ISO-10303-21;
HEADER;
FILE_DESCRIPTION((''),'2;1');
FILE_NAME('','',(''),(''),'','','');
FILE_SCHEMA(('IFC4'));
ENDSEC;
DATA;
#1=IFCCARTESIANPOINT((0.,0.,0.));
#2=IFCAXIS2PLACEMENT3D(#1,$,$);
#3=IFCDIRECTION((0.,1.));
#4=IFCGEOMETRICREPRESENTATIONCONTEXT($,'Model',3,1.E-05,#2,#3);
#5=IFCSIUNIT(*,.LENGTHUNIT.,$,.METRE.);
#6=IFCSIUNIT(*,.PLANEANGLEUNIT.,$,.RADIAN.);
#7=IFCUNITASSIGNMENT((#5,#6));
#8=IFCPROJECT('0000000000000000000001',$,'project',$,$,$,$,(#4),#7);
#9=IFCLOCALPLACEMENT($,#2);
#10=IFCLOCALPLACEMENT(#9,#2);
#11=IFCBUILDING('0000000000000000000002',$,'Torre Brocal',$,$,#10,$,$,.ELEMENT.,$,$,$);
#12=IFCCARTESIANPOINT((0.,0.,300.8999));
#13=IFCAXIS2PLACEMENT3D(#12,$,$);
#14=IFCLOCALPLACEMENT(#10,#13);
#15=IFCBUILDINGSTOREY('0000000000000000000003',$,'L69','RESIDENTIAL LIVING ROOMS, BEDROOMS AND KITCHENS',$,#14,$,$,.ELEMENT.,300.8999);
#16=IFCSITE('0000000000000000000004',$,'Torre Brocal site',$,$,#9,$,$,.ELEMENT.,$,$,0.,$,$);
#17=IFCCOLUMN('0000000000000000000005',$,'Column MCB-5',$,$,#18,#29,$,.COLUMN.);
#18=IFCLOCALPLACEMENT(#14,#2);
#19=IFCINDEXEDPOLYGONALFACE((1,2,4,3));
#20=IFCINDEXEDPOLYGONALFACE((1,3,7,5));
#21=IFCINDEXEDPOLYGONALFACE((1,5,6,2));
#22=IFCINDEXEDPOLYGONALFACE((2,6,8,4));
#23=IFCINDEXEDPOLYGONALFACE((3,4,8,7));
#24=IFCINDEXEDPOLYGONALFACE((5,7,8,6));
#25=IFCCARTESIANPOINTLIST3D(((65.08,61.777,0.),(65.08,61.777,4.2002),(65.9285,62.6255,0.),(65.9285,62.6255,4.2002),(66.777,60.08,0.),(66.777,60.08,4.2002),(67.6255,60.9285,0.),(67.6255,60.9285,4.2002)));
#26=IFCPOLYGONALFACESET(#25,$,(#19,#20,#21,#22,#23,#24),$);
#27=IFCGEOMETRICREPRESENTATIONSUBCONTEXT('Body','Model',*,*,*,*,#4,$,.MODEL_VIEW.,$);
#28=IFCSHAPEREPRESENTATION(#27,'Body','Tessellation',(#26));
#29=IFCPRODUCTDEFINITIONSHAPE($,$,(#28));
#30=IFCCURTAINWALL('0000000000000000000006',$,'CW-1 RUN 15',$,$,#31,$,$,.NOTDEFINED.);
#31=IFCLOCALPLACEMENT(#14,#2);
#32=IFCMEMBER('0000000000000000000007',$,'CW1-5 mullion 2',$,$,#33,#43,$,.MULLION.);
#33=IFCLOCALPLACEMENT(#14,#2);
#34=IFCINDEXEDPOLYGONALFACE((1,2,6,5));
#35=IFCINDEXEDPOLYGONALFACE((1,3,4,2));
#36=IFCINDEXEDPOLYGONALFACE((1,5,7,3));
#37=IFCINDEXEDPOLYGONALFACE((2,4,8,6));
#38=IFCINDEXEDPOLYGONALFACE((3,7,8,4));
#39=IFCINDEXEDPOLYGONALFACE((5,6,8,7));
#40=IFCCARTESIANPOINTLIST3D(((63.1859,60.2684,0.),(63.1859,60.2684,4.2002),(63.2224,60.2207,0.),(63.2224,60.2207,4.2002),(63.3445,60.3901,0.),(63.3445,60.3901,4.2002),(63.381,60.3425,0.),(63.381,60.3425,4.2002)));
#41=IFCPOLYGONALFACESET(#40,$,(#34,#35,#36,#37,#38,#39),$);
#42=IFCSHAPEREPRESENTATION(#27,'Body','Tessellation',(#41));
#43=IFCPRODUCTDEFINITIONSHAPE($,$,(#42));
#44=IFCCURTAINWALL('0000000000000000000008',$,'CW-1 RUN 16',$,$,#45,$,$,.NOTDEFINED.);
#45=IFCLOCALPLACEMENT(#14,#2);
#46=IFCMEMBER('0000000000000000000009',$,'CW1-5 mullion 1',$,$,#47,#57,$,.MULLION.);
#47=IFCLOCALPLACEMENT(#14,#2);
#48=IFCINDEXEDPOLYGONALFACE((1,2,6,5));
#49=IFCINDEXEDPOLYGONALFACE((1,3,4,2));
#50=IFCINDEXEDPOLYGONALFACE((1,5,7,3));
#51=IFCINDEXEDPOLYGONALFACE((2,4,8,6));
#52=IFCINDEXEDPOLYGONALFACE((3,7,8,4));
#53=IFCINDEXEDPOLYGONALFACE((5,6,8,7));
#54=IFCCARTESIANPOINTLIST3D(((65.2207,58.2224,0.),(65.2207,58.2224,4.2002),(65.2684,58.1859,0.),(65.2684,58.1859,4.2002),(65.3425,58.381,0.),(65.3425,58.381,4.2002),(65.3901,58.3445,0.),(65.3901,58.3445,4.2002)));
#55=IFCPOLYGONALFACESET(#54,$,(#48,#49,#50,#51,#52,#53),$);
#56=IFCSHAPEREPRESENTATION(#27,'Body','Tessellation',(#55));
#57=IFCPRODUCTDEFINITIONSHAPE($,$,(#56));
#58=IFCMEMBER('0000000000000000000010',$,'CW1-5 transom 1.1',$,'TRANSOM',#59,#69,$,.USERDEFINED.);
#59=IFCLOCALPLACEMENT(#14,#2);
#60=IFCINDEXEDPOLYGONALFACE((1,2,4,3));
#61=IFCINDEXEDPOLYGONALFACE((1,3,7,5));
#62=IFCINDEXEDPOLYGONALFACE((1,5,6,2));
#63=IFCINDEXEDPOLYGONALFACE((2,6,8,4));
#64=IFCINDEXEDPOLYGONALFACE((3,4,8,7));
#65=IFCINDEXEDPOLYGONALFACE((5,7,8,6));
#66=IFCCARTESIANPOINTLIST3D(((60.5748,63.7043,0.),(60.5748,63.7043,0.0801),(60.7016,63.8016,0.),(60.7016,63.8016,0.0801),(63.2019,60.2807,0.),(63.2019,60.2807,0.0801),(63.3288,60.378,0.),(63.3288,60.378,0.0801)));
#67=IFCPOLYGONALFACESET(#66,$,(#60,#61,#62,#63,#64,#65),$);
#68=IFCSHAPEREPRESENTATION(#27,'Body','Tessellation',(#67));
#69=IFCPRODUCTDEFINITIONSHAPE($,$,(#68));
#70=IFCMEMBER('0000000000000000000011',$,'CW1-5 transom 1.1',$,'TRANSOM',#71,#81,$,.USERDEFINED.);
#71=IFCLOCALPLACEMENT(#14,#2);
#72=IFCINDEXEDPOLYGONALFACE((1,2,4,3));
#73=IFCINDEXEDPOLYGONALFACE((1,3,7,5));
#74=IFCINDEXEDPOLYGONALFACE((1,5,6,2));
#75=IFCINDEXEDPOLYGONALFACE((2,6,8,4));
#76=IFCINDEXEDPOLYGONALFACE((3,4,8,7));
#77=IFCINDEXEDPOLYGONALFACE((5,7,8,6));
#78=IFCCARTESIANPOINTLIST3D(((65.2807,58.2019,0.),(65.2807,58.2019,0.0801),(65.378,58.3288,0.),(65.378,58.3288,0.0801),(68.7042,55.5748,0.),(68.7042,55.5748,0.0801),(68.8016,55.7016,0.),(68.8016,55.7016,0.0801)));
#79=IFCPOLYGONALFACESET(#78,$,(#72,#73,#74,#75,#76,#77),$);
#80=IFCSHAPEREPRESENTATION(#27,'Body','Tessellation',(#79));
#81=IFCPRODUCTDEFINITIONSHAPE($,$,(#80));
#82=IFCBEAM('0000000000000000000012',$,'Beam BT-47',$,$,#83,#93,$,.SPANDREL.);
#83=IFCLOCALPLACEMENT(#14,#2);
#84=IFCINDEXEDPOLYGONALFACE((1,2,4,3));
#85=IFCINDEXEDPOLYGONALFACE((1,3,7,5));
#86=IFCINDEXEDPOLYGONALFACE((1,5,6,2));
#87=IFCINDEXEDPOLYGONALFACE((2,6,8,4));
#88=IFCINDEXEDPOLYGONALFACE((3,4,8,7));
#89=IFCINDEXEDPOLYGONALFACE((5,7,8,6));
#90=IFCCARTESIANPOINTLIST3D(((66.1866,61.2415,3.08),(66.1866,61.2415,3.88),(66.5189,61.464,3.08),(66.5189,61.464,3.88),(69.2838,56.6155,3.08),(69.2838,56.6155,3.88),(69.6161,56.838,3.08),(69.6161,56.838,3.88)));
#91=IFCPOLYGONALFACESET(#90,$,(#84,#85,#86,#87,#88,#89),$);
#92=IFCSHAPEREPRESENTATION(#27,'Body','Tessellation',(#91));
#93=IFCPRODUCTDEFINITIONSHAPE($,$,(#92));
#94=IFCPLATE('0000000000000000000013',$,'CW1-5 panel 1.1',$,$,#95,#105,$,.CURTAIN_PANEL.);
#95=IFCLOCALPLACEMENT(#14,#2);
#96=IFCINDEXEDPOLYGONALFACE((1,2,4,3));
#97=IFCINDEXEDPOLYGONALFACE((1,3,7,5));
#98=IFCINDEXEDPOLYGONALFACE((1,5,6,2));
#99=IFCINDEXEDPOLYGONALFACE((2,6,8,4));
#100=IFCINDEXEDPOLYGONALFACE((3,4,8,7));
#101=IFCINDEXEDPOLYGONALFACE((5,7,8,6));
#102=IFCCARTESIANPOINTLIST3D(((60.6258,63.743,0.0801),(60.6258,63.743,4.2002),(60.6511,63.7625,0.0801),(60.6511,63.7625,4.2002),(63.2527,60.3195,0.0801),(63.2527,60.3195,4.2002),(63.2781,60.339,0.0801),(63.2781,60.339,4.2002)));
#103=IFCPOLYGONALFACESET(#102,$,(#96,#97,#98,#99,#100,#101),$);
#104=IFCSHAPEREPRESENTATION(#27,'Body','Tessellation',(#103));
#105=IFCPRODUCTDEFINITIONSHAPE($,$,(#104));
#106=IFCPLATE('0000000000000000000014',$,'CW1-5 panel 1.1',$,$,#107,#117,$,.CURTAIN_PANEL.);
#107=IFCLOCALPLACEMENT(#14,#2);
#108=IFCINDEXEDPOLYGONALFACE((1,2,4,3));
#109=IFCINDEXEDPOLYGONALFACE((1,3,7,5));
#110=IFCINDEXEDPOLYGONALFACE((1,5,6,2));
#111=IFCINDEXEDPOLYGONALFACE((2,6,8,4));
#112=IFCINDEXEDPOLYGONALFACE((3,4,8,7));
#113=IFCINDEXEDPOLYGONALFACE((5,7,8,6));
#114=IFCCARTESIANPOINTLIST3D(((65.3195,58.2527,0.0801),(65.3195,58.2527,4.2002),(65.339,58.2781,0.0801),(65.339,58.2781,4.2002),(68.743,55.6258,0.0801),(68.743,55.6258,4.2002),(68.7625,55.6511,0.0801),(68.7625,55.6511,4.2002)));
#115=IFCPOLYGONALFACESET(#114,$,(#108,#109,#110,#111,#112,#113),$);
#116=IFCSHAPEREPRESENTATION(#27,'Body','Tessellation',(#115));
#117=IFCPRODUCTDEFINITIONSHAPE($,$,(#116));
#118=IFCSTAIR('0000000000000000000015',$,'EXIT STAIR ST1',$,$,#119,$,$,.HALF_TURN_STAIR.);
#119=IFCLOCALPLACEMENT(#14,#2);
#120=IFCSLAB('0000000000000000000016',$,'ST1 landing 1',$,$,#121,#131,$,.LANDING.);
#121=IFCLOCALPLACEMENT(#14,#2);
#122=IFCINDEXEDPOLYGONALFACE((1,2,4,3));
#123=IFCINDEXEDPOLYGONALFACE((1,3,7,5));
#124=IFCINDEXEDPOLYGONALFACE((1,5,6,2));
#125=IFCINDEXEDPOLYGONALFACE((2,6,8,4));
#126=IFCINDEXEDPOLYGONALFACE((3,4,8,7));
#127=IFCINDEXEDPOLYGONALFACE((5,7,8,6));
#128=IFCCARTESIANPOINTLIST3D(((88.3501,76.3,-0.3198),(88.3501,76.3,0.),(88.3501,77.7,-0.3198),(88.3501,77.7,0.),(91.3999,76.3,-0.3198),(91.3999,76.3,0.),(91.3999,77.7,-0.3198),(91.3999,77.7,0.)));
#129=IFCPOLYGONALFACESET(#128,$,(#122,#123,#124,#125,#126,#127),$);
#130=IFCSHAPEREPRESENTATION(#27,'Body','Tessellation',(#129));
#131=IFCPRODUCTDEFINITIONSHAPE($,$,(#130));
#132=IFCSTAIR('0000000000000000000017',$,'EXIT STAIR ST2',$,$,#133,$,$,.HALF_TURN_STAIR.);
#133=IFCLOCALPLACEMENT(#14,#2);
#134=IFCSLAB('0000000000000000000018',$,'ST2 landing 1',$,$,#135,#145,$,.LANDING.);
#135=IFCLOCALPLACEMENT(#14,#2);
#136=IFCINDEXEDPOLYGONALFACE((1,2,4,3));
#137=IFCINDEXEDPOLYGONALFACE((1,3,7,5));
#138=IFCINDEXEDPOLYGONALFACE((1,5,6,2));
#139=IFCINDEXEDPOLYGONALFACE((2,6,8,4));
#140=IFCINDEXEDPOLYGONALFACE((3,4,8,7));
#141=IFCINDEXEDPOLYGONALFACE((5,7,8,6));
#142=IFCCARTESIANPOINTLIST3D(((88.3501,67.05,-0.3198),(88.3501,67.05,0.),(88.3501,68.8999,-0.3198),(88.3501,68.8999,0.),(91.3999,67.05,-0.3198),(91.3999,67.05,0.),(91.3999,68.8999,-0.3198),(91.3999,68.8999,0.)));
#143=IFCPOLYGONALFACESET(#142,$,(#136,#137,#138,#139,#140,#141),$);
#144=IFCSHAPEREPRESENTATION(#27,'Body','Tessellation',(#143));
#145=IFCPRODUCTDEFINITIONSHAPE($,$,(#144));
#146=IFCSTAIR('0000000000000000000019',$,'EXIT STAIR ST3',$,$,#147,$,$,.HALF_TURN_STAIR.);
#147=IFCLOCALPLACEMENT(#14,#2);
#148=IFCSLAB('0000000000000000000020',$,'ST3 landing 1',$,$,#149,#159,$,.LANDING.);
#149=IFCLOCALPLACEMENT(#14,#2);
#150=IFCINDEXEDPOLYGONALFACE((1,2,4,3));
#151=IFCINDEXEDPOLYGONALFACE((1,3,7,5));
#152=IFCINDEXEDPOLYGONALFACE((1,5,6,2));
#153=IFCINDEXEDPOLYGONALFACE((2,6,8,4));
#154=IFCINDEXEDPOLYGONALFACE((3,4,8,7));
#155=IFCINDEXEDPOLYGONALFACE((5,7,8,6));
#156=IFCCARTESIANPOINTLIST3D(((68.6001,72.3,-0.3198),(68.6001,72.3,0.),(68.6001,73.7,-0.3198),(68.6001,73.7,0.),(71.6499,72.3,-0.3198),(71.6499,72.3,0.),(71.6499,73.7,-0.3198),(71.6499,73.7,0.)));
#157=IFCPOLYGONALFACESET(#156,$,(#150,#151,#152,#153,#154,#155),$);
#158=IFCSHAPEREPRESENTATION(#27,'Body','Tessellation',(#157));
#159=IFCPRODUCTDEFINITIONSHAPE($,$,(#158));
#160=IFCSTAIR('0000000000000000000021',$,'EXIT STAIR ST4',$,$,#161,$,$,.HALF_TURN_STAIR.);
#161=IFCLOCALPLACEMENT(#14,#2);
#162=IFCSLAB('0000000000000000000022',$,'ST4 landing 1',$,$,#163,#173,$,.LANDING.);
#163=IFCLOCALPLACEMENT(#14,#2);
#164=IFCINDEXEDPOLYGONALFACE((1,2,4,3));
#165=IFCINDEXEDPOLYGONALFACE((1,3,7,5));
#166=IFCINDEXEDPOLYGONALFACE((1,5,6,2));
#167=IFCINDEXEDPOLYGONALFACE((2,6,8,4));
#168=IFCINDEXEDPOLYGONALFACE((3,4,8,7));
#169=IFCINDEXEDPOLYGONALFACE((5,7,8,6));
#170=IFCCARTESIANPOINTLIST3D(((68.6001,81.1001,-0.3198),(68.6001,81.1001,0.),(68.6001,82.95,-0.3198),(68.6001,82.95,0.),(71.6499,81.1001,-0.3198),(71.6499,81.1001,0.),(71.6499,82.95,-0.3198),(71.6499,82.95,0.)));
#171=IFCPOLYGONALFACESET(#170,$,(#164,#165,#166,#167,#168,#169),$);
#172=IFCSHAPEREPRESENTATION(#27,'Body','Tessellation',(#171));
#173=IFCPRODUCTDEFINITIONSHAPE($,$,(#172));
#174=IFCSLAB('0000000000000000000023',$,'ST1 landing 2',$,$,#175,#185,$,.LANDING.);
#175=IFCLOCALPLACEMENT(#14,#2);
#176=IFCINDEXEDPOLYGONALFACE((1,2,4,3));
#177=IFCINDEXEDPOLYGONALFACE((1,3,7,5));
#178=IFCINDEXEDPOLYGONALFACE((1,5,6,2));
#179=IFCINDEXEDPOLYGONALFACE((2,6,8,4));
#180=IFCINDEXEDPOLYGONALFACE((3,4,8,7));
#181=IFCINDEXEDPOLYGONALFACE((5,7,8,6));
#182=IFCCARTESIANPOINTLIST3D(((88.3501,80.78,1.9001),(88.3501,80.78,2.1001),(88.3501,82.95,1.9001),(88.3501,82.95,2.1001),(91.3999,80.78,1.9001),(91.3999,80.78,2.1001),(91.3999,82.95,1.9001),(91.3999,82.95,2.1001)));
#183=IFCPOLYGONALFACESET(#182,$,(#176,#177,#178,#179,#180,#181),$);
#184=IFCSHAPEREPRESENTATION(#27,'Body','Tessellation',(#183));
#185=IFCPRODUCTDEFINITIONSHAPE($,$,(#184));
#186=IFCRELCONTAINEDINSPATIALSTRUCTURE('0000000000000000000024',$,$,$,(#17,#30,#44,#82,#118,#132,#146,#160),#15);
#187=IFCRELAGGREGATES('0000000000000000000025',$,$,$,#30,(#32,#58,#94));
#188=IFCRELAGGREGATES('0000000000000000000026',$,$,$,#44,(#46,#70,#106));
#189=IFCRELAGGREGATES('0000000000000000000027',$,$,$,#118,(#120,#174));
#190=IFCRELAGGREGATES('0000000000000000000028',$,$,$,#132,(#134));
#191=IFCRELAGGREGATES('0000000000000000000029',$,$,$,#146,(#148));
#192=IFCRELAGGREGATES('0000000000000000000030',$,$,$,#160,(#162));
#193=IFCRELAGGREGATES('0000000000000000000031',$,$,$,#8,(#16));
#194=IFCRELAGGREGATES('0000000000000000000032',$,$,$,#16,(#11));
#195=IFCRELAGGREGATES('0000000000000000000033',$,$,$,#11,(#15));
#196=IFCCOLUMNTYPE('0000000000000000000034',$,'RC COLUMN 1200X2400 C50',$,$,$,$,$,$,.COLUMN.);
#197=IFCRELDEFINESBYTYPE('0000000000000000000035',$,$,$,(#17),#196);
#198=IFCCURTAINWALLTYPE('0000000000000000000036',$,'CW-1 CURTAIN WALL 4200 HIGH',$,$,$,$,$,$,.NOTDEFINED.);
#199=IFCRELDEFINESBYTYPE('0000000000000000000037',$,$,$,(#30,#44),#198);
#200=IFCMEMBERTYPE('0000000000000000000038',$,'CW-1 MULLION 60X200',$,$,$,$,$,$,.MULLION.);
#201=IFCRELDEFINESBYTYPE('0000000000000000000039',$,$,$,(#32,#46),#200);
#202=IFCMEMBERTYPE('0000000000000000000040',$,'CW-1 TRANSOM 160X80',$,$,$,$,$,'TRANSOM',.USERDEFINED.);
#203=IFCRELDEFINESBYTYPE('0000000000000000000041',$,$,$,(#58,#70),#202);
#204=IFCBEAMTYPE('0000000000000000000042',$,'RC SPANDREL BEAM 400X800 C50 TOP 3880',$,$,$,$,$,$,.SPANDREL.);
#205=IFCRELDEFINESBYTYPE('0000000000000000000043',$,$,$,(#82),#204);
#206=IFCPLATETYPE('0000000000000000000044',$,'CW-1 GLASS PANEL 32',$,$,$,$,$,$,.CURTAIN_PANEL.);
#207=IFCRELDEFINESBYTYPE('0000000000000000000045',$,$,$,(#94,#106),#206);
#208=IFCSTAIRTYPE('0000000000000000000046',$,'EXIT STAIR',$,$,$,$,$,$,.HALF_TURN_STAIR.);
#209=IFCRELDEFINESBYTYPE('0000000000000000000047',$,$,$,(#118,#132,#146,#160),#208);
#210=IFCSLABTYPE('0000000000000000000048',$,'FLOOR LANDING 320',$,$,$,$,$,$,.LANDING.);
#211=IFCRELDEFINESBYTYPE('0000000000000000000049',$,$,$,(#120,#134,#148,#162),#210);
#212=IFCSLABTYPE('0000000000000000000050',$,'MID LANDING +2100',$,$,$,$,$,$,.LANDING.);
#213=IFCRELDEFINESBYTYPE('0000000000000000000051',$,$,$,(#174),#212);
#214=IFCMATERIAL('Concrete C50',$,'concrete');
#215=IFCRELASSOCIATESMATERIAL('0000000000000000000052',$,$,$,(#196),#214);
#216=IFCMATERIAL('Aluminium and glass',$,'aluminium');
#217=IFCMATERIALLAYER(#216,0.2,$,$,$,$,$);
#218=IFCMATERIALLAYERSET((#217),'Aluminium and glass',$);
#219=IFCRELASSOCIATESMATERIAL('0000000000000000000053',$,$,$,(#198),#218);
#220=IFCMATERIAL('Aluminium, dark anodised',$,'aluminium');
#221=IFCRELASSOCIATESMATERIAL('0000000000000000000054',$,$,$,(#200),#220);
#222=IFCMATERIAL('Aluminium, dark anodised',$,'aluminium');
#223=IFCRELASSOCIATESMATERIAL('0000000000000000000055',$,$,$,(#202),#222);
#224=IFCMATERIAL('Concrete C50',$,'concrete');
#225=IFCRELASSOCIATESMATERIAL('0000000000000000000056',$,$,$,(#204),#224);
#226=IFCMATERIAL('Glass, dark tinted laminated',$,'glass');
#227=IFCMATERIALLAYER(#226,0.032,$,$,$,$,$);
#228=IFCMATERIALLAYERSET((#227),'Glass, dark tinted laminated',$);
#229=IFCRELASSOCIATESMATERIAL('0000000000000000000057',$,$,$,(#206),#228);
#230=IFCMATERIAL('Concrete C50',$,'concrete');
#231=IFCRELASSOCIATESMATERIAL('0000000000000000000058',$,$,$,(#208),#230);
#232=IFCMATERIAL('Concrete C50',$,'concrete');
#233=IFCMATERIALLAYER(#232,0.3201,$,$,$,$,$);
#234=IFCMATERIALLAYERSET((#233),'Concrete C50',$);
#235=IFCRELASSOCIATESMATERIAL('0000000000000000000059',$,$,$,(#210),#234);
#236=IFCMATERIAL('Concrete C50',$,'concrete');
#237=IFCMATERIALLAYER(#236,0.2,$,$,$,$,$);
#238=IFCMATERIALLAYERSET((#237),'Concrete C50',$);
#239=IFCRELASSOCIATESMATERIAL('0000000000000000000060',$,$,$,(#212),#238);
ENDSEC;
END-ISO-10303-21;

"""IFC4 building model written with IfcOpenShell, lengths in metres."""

from ifc_helpers import new_model, si_unit, direction, frame, origin, origin_2d, place, context, subcontext, project, spatial, polyline, rectangle, outline, extrude, material, layer, layer_set, material_profile, profile_set, type_object, element, aggregate, save


model = new_model("IFC4")

# Units and contexts
model_context = context("Model", 3, precision=1e-05, world=origin(), true_north=direction((0.0, 1.0)))
body_context = subcontext(model_context, "Body", "Model", "MODEL_VIEW")
ifc_project = project(units=[si_unit("LENGTHUNIT", "METRE"), si_unit("PLANEANGLEUNIT", "RADIAN")], contexts=[model_context])

# Site, building, storey
site_placement = place(None, origin())
site = spatial("IfcSite", under=ifc_project, at=site_placement, Name="Torre Brocal site", CompositionType="ELEMENT", RefElevation=0.0)
building_placement = place(site_placement, origin())
building = spatial("IfcBuilding", under=site, at=building_placement, Name="Torre Brocal", CompositionType="ELEMENT")
storey_placement = place(building_placement, frame((0.0, 0.0, 300.8999)))
storey = spatial("IfcBuildingStorey", under=building, at=storey_placement, Name="L69", Description="RESIDENTIAL LIVING ROOMS, BEDROOMS AND KITCHENS", CompositionType="ELEMENT", Elevation=300.8999)

# Column
ifc_material_1 = material(Name="Concrete C50", Category="concrete")
ifc_material_profile_1 = material_profile(ifc_material_1, rectangle(XDim=1.2, YDim=2.3999, at=origin_2d()), Name="RC 1200X2400")
ifc_profile_set_1 = profile_set([ifc_material_profile_1], Name="Concrete C50")
column_type = type_object("IfcColumnType", Name="RC COLUMN 1200X2400 C50", PredefinedType="COLUMN", material=ifc_profile_set_1)
column_placement = place(storey_placement, frame((66.3528, 61.3528, 0.0), z_axis=(0.0, 0.0, 1.0), x_axis=(-0.707107, -0.707107, 0.0)))
element("IfcColumn", 1, at=column_placement, inside=storey, type_object=column_type, Name="Column MCB-5", PredefinedType="COLUMN", context=body_context, shape_type="SweptSolid", body=[
    extrude(rectangle(XDim=1.2, YDim=2.3999, at=origin_2d()), origin(), (0.0, 0.0, 1.0), 4.2002),
])

# Curtain walls, members
ifc_material_2 = material(Name="Aluminium and glass", Category="aluminium")
ifc_layer_1 = layer(ifc_material_2, 0.2)
ifc_layer_set_1 = layer_set([ifc_layer_1], Name="Aluminium and glass")
curtain_wall_type = type_object("IfcCurtainWallType", Name="CW-1 CURTAIN WALL 4200 HIGH", PredefinedType="NOTDEFINED", material=ifc_layer_set_1)
curtain_wall_1_placement = place(storey_placement, origin())
curtain_wall_1 = element("IfcCurtainWall", 2, at=curtain_wall_1_placement, inside=storey, type_object=curtain_wall_type, Name="CW-1 RUN 15", PredefinedType="NOTDEFINED")
ifc_material_3 = material(Name="Aluminium, dark anodised", Category="aluminium")
ifc_material_profile_2 = material_profile(ifc_material_3, rectangle(XDim=0.2, YDim=0.0601, at=origin_2d()), Name="CW-1 MULLION 60X200")
ifc_profile_set_2 = profile_set([ifc_material_profile_2], Name="Aluminium, dark anodised")
member_type_1 = type_object("IfcMemberType", Name="CW-1 MULLION 60X200", PredefinedType="MULLION", material=ifc_profile_set_2)
member_1_placement = place(storey_placement, frame((63.2834, 60.3054, 0.0), z_axis=(0.0, 0.0, 1.0), x_axis=(0.793353, 0.608761, 0.0)))
member_1 = element("IfcMember", 3, at=member_1_placement, type_object=member_type_1, Name="CW1-5 mullion 2", PredefinedType="MULLION", context=body_context, shape_type="SweptSolid", body=[
    extrude(rectangle(XDim=0.2, YDim=0.0601, at=origin_2d()), origin(), (0.0, 0.0, 1.0), 4.2002),
])
curtain_wall_2_placement = place(storey_placement, origin())
curtain_wall_2 = element("IfcCurtainWall", 4, at=curtain_wall_2_placement, inside=storey, type_object=curtain_wall_type, Name="CW-1 RUN 16", PredefinedType="NOTDEFINED")
member_2_placement = place(storey_placement, frame((65.3054, 58.2834, 0.0), z_axis=(0.0, 0.0, 1.0), x_axis=(0.608761, 0.793353, 0.0)))
member_2 = element("IfcMember", 5, at=member_2_placement, type_object=member_type_1, Name="CW1-5 mullion 1", PredefinedType="MULLION", context=body_context, shape_type="SweptSolid", body=[
    extrude(rectangle(XDim=0.2, YDim=0.0601, at=origin_2d()), origin(), (0.0, 0.0, 1.0), 4.2002),
])

# Members
ifc_material_4 = material(Name="Aluminium, dark anodised", Category="aluminium")
ifc_material_profile_3 = material_profile(ifc_material_4, rectangle(XDim=0.1599, YDim=0.0801, at=origin_2d()), Name="CW-1 TRANSOM 160X80")
ifc_profile_set_3 = profile_set([ifc_material_profile_3], Name="Aluminium, dark anodised")
member_type_2 = type_object("IfcMemberType", Name="CW-1 TRANSOM 160X80", ElementType="TRANSOM", PredefinedType="USERDEFINED", material=ifc_profile_set_3)
member_3_placement = place(storey_placement, frame((60.6382, 63.7529, 0.04), z_axis=(0.608789, -0.793332, 0.0), x_axis=(0.793332, 0.608789, 0.0)))
member_3 = element("IfcMember", 6, at=member_3_placement, type_object=member_type_2, Name="CW1-5 transom 1.1", ObjectType="TRANSOM", PredefinedType="USERDEFINED", context=body_context, shape_type="SweptSolid", body=[
    extrude(rectangle(XDim=0.1599, YDim=0.0801, at=origin_2d()), origin(), (0.0, 0.0, 1.0), 4.3154),
])
member_4_placement = place(storey_placement, frame((65.3293, 58.2654, 0.04), z_axis=(0.793332, -0.608789, 0.0), x_axis=(0.608789, 0.793332, 0.0)))
member_4 = element("IfcMember", 7, at=member_4_placement, type_object=member_type_2, Name="CW1-5 transom 1.1", ObjectType="TRANSOM", PredefinedType="USERDEFINED", context=body_context, shape_type="SweptSolid", body=[
    extrude(rectangle(XDim=0.1599, YDim=0.0801, at=origin_2d()), origin(), (0.0, 0.0, 1.0), 4.3154),
])

# Beam
ifc_material_5 = material(Name="Concrete C50", Category="concrete")
ifc_material_profile_4 = material_profile(ifc_material_5, rectangle(XDim=0.3999, YDim=0.8, at=origin_2d()), Name="RC 400X800")
ifc_profile_set_4 = profile_set([ifc_material_profile_4], Name="Concrete C50")
beam_type = type_object("IfcBeamType", Name="RC SPANDREL BEAM 400X800 C50 TOP 3880", PredefinedType="SPANDREL", material=ifc_profile_set_4)
beam_placement = place(storey_placement, frame((66.3528, 61.3528, 3.48), z_axis=(0.556339, -0.830956, 0.0), x_axis=(0.830956, 0.556339, 0.0)))
element("IfcBeam", 8, at=beam_placement, inside=storey, type_object=beam_type, Name="Beam BT-47", PredefinedType="SPANDREL", context=body_context, shape_type="SweptSolid", body=[
    extrude(rectangle(XDim=0.3999, YDim=0.8, at=origin_2d()), origin(), (0.0, 0.0, 1.0), 5.5671),
])

# Plates
ifc_material_6 = material(Name="Glass, dark tinted laminated", Category="glass")
ifc_layer_2 = layer(ifc_material_6, 0.032)
ifc_layer_set_2 = layer_set([ifc_layer_2], Name="Glass, dark tinted laminated")
plate_type = type_object("IfcPlateType", Name="CW-1 GLASS PANEL 32", PredefinedType="CURTAIN_PANEL", material=ifc_layer_set_2)
plate_1_placement = place(storey_placement, frame((61.9519, 62.041, 0.0801), z_axis=(0.0, 0.0, 1.0), x_axis=(0.608761, -0.793353, 0.0)))
plate_1 = element("IfcPlate", 9, at=plate_1_placement, type_object=plate_type, Name="CW1-5 panel 1.1", PredefinedType="CURTAIN_PANEL", context=body_context, shape_type="SweptSolid", body=[
    extrude(rectangle(XDim=4.3152, YDim=0.032, at=origin_2d()), origin(), (0.0, 0.0, 1.0), 4.1201),
])
aggregate(curtain_wall_1, [member_1, member_3, plate_1])
plate_2_placement = place(storey_placement, frame((67.041, 56.9519, 0.0801), z_axis=(0.0, 0.0, 1.0), x_axis=(0.793353, -0.608761, 0.0)))
plate_2 = element("IfcPlate", 10, at=plate_2_placement, type_object=plate_type, Name="CW1-5 panel 1.1", PredefinedType="CURTAIN_PANEL", context=body_context, shape_type="SweptSolid", body=[
    extrude(rectangle(XDim=4.3152, YDim=0.032, at=origin_2d()), origin(), (0.0, 0.0, 1.0), 4.1201),
])
aggregate(curtain_wall_2, [member_2, member_4, plate_2])

# Stairs, slabs
ifc_material_7 = material(Name="Concrete C50", Category="concrete")
stair_type = type_object("IfcStairType", Name="EXIT STAIR", PredefinedType="HALF_TURN_STAIR", material=ifc_material_7)
stair_1_placement = place(storey_placement, origin())
stair_1 = element("IfcStair", 11, at=stair_1_placement, inside=storey, type_object=stair_type, Name="EXIT STAIR ST1", PredefinedType="HALF_TURN_STAIR")
ifc_material_8 = material(Name="Concrete C50", Category="concrete")
ifc_layer_3 = layer(ifc_material_8, 0.3201)
ifc_layer_set_3 = layer_set([ifc_layer_3], Name="Concrete C50")
slab_type_1 = type_object("IfcSlabType", Name="FLOOR LANDING 320", PredefinedType="LANDING", material=ifc_layer_set_3)
slab_1_placement = place(storey_placement, frame((0.0, 0.0, -0.3198)))
slab_1 = element("IfcSlab", 12, at=slab_1_placement, type_object=slab_type_1, Name="ST1 landing 1", PredefinedType="LANDING", context=body_context, shape_type="SweptSolid", body=[
    extrude(outline(polyline([(88.3501, 76.3), (91.3999, 76.3), (91.3999, 77.7), (88.3501, 77.7), (88.3501, 76.3)])), origin(), (0.0, 0.0, 1.0), 0.3198),
])
stair_2_placement = place(storey_placement, origin())
stair_2 = element("IfcStair", 13, at=stair_2_placement, inside=storey, type_object=stair_type, Name="EXIT STAIR ST2", PredefinedType="HALF_TURN_STAIR")
slab_2_placement = place(storey_placement, frame((0.0, 0.0, -0.3198)))
slab_2 = element("IfcSlab", 14, at=slab_2_placement, type_object=slab_type_1, Name="ST2 landing 1", PredefinedType="LANDING", context=body_context, shape_type="SweptSolid", body=[
    extrude(outline(polyline([(88.3501, 67.05), (91.3999, 67.05), (91.3999, 68.8999), (88.3501, 68.8999), (88.3501, 67.05)])), origin(), (0.0, 0.0, 1.0), 0.3198),
])
stair_3_placement = place(storey_placement, origin())
stair_3 = element("IfcStair", 15, at=stair_3_placement, inside=storey, type_object=stair_type, Name="EXIT STAIR ST3", PredefinedType="HALF_TURN_STAIR")
slab_3_placement = place(storey_placement, frame((0.0, 0.0, -0.3198)))
slab_3 = element("IfcSlab", 16, at=slab_3_placement, type_object=slab_type_1, Name="ST3 landing 1", PredefinedType="LANDING", context=body_context, shape_type="SweptSolid", body=[
    extrude(outline(polyline([(71.6499, 73.7), (68.6001, 73.7), (68.6001, 72.3), (71.6499, 72.3), (71.6499, 73.7)])), origin(), (0.0, 0.0, 1.0), 0.3198),
])
stair_4_placement = place(storey_placement, origin())
stair_4 = element("IfcStair", 17, at=stair_4_placement, inside=storey, type_object=stair_type, Name="EXIT STAIR ST4", PredefinedType="HALF_TURN_STAIR")
slab_4_placement = place(storey_placement, frame((0.0, 0.0, -0.3198)))
slab_4 = element("IfcSlab", 18, at=slab_4_placement, type_object=slab_type_1, Name="ST4 landing 1", PredefinedType="LANDING", context=body_context, shape_type="SweptSolid", body=[
    extrude(outline(polyline([(71.6499, 82.95), (68.6001, 82.95), (68.6001, 81.1001), (71.6499, 81.1001), (71.6499, 82.95)])), origin(), (0.0, 0.0, 1.0), 0.3198),
])

# Slab
ifc_material_9 = material(Name="Concrete C50", Category="concrete")
ifc_layer_4 = layer(ifc_material_9, 0.2)
ifc_layer_set_4 = layer_set([ifc_layer_4], Name="Concrete C50")
slab_type_2 = type_object("IfcSlabType", Name="MID LANDING +2100", PredefinedType="LANDING", material=ifc_layer_set_4)
slab_5_placement = place(storey_placement, frame((0.0, 0.0, 1.9001)))
slab_5 = element("IfcSlab", 19, at=slab_5_placement, type_object=slab_type_2, Name="ST1 landing 2", PredefinedType="LANDING", context=body_context, shape_type="SweptSolid", body=[
    extrude(outline(polyline([(88.3501, 80.78), (91.3999, 80.78), (91.3999, 82.95), (88.3501, 82.95), (88.3501, 80.78)])), origin(), (0.0, 0.0, 1.0), 0.2),
])
aggregate(stair_1, [slab_1, slab_5])
aggregate(stair_2, [slab_2])
aggregate(stair_3, [slab_3])
aggregate(stair_4, [slab_4])

save(model, "model.ifc")
